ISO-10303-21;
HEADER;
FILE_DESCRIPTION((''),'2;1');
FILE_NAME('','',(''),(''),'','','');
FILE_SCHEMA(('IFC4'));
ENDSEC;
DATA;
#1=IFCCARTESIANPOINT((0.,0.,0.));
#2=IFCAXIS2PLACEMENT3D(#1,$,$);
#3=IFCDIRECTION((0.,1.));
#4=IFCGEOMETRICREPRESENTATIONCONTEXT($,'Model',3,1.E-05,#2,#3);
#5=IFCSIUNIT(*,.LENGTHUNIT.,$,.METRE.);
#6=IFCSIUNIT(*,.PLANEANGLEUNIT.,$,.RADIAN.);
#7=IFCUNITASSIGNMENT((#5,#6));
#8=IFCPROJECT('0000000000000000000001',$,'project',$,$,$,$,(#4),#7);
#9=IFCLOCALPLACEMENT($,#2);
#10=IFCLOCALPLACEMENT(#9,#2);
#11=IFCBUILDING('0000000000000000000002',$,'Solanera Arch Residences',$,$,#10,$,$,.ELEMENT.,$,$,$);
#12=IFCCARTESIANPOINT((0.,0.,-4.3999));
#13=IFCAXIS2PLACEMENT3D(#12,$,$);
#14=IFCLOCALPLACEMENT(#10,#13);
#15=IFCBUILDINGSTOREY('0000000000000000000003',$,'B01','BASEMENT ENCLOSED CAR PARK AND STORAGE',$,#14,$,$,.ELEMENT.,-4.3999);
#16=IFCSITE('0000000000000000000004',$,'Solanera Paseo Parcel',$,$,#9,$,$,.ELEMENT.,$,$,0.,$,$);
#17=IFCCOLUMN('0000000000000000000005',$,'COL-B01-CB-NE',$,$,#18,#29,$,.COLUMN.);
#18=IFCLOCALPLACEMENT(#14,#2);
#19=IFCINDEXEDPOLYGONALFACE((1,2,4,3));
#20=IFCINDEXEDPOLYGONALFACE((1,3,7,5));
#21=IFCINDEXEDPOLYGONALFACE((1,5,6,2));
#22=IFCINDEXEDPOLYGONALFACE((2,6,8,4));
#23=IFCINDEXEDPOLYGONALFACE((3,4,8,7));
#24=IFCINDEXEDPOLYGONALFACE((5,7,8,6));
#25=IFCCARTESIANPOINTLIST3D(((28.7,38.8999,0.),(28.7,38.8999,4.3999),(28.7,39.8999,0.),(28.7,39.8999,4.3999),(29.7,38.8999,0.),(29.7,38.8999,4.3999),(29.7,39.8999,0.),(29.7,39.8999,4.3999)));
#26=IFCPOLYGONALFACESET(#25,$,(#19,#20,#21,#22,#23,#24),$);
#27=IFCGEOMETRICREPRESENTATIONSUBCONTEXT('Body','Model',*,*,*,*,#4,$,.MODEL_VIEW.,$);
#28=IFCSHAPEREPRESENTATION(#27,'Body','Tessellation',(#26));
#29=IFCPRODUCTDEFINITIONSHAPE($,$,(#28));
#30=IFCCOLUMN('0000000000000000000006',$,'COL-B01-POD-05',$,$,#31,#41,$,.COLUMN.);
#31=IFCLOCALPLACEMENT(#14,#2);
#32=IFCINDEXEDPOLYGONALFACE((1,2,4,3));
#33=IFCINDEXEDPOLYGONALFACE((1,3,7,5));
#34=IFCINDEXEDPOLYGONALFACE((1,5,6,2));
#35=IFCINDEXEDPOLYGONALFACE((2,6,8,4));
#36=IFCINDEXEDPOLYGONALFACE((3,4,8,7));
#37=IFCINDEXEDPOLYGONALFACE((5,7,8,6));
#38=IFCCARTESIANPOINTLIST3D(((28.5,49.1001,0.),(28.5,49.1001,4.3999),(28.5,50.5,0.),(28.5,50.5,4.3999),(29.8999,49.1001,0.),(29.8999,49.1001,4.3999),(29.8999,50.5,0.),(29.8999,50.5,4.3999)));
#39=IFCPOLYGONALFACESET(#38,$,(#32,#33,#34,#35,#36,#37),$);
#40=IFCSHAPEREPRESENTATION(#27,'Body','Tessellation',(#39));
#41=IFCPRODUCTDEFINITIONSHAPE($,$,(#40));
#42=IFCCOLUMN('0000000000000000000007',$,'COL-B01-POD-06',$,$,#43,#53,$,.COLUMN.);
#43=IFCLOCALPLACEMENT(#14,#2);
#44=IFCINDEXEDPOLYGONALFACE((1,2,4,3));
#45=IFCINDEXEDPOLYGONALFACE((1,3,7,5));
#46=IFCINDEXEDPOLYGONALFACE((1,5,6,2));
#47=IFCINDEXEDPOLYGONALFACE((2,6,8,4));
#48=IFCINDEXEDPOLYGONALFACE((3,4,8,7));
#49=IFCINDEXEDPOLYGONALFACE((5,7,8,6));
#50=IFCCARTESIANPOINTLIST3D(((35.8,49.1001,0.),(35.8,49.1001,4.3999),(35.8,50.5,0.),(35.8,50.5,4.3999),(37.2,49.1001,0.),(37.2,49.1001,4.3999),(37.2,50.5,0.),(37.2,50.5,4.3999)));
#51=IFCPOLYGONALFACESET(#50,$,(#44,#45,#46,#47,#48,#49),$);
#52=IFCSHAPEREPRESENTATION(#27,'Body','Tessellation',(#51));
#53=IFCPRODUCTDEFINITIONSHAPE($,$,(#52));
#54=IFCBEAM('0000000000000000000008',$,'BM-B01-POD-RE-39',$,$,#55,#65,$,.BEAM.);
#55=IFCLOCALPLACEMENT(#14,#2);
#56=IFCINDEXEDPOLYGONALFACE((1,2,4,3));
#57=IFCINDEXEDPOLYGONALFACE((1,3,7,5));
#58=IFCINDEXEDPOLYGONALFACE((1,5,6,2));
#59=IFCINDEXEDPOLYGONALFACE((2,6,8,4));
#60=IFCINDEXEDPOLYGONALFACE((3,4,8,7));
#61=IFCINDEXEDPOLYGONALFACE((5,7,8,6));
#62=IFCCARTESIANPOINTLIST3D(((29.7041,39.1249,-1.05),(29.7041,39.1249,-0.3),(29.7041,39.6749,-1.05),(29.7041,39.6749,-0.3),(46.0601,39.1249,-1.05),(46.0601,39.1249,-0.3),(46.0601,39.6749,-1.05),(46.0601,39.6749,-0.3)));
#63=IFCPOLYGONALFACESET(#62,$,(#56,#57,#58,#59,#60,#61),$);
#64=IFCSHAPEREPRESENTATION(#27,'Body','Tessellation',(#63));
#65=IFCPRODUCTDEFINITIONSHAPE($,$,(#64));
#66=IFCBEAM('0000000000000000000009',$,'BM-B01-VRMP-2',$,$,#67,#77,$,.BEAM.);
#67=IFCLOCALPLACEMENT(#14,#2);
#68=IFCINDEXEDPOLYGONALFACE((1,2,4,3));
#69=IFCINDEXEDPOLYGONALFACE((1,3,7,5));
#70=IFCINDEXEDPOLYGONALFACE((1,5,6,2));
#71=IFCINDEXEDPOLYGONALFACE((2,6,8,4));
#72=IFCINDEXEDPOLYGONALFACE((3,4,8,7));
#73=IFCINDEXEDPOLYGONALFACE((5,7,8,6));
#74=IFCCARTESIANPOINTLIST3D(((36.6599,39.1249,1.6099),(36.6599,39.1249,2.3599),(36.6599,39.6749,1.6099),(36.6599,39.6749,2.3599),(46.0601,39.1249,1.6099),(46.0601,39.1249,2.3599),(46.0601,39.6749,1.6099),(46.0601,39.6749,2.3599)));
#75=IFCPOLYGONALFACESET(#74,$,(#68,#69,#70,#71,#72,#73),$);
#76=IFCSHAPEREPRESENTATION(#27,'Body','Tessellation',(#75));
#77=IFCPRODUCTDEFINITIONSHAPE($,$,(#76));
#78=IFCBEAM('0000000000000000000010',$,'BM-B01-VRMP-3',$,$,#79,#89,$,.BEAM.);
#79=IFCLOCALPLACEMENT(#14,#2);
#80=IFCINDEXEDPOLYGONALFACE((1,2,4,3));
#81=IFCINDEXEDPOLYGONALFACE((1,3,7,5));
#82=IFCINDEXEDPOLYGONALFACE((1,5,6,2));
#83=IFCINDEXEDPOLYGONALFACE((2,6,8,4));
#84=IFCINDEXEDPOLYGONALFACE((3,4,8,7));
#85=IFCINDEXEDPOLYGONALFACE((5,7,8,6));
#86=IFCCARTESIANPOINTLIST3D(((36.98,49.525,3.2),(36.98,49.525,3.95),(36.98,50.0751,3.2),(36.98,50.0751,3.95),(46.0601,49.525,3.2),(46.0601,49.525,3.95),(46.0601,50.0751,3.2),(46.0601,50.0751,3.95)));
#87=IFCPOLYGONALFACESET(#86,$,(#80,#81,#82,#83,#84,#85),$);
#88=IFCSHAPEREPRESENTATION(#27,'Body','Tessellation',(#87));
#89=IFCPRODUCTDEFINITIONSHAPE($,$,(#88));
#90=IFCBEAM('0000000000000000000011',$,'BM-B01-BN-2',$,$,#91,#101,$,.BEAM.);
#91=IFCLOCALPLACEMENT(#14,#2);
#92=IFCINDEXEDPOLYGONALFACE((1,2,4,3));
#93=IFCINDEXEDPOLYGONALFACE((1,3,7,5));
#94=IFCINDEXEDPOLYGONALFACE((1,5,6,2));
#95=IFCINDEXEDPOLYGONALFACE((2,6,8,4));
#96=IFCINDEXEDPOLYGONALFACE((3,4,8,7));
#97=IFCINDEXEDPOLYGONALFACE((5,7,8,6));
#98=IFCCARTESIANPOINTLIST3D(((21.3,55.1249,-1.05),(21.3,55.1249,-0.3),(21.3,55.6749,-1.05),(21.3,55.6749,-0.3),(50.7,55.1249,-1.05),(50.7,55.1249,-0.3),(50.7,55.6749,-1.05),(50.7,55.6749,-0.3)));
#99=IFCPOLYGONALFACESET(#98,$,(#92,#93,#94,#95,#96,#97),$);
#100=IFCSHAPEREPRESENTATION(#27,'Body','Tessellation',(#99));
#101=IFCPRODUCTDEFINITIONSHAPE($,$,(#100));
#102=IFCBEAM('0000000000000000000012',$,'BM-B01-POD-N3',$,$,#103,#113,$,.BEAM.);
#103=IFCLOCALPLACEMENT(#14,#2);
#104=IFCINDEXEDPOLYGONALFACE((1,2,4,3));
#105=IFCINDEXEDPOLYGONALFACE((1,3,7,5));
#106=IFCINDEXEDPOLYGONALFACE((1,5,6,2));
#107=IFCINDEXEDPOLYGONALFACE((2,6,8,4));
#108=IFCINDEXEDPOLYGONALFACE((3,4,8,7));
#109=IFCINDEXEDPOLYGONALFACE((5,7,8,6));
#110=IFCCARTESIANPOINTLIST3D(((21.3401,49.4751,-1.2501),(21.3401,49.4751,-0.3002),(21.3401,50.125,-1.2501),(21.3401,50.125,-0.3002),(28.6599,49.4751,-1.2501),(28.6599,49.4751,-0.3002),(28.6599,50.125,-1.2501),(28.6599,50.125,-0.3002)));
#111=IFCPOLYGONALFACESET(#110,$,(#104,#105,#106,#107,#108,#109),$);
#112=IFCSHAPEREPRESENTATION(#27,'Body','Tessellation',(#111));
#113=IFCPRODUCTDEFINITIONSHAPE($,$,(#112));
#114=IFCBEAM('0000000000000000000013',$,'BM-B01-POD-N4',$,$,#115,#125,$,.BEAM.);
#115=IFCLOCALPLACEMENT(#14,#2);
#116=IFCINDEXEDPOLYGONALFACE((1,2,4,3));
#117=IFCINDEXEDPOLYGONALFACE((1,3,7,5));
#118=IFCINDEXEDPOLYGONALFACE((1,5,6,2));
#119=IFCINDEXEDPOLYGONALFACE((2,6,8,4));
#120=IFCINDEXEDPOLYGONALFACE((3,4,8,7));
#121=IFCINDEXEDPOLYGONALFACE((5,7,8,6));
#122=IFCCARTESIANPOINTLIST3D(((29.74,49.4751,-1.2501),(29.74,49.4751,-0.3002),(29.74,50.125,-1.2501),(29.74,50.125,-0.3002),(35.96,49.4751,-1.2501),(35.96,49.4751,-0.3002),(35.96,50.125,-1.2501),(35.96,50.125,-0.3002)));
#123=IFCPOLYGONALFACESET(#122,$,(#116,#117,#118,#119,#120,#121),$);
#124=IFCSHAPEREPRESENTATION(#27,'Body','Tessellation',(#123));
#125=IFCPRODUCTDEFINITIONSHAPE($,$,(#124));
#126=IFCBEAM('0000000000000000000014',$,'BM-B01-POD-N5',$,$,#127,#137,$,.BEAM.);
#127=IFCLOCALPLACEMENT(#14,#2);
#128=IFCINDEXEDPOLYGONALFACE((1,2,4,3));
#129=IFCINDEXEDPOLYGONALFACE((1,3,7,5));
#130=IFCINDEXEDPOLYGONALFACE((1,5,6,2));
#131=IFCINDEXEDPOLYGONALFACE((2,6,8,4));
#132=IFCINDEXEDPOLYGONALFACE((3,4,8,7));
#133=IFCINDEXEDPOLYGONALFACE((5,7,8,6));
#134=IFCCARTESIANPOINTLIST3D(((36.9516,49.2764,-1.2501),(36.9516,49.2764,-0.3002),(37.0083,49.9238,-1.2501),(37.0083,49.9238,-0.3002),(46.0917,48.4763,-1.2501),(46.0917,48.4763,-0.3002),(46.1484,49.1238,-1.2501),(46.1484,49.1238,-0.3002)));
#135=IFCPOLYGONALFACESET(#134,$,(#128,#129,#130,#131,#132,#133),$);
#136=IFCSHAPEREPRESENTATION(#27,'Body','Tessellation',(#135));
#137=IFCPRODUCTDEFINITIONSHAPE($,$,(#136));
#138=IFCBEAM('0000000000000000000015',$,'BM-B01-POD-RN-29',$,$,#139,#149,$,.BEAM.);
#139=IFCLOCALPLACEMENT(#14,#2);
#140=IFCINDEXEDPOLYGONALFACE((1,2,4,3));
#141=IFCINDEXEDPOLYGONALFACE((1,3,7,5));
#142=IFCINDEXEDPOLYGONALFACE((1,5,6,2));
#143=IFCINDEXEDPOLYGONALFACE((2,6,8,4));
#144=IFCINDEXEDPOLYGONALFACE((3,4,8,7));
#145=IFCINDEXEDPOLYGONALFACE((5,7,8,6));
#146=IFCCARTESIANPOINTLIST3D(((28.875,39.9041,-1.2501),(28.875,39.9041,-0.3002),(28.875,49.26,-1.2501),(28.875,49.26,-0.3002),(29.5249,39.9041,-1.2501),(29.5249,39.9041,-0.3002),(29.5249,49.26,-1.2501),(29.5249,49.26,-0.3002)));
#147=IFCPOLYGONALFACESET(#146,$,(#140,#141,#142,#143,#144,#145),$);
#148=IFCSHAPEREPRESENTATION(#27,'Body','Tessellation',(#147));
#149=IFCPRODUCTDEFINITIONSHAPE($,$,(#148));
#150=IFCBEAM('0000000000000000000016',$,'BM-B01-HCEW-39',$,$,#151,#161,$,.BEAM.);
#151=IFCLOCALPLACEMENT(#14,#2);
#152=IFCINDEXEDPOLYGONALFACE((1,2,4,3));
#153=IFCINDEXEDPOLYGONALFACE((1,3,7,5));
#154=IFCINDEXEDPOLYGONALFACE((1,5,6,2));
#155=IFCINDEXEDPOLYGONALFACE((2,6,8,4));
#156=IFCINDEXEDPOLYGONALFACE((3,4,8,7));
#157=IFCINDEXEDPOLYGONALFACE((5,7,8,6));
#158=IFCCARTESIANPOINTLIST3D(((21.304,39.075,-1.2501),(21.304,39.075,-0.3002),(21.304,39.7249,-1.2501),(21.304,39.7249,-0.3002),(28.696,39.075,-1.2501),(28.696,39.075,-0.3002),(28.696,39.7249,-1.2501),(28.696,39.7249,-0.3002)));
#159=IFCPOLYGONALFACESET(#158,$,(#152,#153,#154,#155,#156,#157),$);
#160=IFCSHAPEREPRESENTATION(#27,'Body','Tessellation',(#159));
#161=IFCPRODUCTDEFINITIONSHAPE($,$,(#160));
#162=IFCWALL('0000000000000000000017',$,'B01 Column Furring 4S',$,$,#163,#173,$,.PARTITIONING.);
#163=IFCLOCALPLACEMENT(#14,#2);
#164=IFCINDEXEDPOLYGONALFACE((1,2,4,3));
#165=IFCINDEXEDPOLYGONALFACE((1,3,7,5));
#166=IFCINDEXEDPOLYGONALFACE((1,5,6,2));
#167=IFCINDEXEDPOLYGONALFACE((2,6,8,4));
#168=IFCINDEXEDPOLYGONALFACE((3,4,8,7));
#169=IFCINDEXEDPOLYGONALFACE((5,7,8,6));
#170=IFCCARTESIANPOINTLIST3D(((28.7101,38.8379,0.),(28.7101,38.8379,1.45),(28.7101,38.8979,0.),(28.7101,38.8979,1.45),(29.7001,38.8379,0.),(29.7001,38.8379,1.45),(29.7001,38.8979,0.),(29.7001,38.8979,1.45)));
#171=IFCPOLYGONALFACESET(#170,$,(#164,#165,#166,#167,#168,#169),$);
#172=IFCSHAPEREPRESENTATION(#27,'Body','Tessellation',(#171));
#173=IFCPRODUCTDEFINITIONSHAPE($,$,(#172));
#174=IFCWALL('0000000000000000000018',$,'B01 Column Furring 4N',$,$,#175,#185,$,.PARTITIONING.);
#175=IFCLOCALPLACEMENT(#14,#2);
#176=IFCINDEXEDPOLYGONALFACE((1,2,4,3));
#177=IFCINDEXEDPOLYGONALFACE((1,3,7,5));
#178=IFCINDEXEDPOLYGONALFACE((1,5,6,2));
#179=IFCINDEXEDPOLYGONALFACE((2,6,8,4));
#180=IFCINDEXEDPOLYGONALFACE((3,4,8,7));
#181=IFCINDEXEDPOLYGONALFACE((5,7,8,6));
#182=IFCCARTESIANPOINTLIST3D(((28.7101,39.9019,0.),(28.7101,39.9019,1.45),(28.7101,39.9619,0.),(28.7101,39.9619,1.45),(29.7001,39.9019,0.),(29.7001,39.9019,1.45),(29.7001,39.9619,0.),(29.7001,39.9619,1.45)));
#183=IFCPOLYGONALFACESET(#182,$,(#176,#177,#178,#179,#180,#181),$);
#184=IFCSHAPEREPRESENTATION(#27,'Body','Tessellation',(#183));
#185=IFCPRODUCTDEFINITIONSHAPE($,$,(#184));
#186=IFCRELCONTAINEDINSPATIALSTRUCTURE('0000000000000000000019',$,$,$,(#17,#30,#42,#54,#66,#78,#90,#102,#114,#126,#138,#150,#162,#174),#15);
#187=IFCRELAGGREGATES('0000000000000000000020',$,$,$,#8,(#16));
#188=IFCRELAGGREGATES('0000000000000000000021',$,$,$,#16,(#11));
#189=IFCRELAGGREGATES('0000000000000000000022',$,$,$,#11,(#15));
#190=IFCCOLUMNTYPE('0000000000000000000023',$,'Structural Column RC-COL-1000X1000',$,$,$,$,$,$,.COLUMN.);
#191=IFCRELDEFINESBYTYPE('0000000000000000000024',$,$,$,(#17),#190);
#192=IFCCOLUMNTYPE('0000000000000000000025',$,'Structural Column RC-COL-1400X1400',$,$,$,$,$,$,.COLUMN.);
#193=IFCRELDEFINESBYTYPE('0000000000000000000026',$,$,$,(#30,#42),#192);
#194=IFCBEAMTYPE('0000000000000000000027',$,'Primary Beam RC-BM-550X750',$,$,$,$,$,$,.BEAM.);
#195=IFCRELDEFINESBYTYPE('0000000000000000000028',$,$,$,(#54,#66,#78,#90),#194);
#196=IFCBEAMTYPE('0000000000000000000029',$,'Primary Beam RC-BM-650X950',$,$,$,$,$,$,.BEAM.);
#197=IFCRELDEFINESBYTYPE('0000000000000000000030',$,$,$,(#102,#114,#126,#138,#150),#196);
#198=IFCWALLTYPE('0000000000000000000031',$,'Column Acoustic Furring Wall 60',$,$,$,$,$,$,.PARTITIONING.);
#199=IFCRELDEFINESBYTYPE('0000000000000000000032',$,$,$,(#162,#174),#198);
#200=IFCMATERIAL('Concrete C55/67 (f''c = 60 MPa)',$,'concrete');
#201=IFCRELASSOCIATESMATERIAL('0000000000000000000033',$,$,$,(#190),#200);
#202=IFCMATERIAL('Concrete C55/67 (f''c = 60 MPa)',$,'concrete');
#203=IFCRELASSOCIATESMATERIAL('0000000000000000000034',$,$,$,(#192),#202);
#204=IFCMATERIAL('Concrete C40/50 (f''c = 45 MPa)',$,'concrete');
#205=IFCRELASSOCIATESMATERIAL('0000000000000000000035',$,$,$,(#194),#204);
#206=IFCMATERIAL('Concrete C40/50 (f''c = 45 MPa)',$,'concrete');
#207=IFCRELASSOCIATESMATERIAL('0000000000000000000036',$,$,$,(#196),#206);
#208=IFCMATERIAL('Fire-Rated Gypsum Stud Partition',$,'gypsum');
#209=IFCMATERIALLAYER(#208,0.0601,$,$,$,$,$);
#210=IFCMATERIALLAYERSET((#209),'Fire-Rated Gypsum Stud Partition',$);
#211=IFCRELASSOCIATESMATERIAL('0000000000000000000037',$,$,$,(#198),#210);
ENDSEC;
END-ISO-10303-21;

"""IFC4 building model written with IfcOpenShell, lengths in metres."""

from ifc_helpers import new_model, si_unit, direction, frame, frame_2d, origin, origin_2d, place, context, subcontext, project, spatial, rectangle, extrude, material, layer, layer_set, material_profile, profile_set, type_object, element, save


model = new_model("IFC4")

# Units and contexts
model_context = context("Model", 3, precision=1e-05, world=origin(), true_north=direction((0.0, 1.0)))
body_context = subcontext(model_context, "Body", "Model", "MODEL_VIEW")
ifc_project = project(units=[si_unit("LENGTHUNIT", "METRE"), si_unit("PLANEANGLEUNIT", "RADIAN")], contexts=[model_context])

# Site, building, storey
site_placement = place(None, origin())
site = spatial("IfcSite", under=ifc_project, at=site_placement, Name="Solanera Paseo Parcel", CompositionType="ELEMENT", RefElevation=0.0)
building_placement = place(site_placement, origin())
building = spatial("IfcBuilding", under=site, at=building_placement, Name="Solanera Arch Residences", CompositionType="ELEMENT")
storey_placement = place(building_placement, frame((0.0, 0.0, -4.3999)))
storey = spatial("IfcBuildingStorey", under=building, at=storey_placement, Name="B01", Description="BASEMENT ENCLOSED CAR PARK AND STORAGE", CompositionType="ELEMENT", Elevation=-4.3999)

# Columns
ifc_material_1 = material(Name="Concrete C55/67 (f'c = 60 MPa)", Category="concrete")
ifc_material_profile_1 = material_profile(ifc_material_1, rectangle(XDim=1.0, YDim=1.0, at=origin_2d()))
ifc_profile_set_1 = profile_set([ifc_material_profile_1], Name="Concrete C55/67 (f'c = 60 MPa)")
column_type_1 = type_object("IfcColumnType", Name="Structural Column RC-COL-1000X1000", PredefinedType="COLUMN", material=ifc_profile_set_1)
column_placement = place(storey_placement, frame((29.2, 39.3999, 0.0), z_axis=(0.0, 0.0, 1.0), x_axis=(1.0, 0.0, 0.0)))
element("IfcColumn", 1, at=column_placement, inside=storey, type_object=column_type_1, Name="COL-B01-CB-NE", PredefinedType="COLUMN", context=body_context, shape_type="SweptSolid", body=[
    extrude(rectangle(XDim=1.0, YDim=1.0, at=origin_2d()), origin(), (0.0, 0.0, 1.0), 4.3999),
])
ifc_material_2 = material(Name="Concrete C55/67 (f'c = 60 MPa)", Category="concrete")
ifc_material_profile_2 = material_profile(ifc_material_2, rectangle(XDim=1.3999, YDim=1.3999, at=origin_2d()))
ifc_profile_set_2 = profile_set([ifc_material_profile_2], Name="Concrete C55/67 (f'c = 60 MPa)")
column_type_2 = type_object("IfcColumnType", Name="Structural Column RC-COL-1400X1400", PredefinedType="COLUMN", material=ifc_profile_set_2)
for number, where, z_axis, x_axis, name in (
    (2, (29.2, 49.8, 0.0), (0.0, 0.0, 1.0), (1.0, 0.0, 0.0), "COL-B01-POD-05"),
    (3, (36.5, 49.8, 0.0), (0.0, 0.0, 1.0), (1.0, 0.0, 0.0), "COL-B01-POD-06"),
):
    element("IfcColumn", number, at=place(storey_placement, frame(where, z_axis=z_axis, x_axis=x_axis)), inside=storey, type_object=column_type_2, Name=name, PredefinedType="COLUMN", context=body_context, shape_type="SweptSolid", body=[
        extrude(rectangle(XDim=1.3999, YDim=1.3999, at=origin_2d()), origin(), (0.0, 0.0, 1.0), 4.3999),
    ])

# Beams
ifc_material_3 = material(Name="Concrete C40/50 (f'c = 45 MPa)", Category="concrete")
ifc_material_profile_3 = material_profile(ifc_material_3, rectangle(XDim=0.55, YDim=0.75, at=origin_2d()))
ifc_profile_set_3 = profile_set([ifc_material_profile_3], Name="Concrete C40/50 (f'c = 45 MPa)")
beam_type_1 = type_object("IfcBeamType", Name="Primary Beam RC-BM-550X750", PredefinedType="BEAM", material=ifc_profile_set_3)
beam_1_placement = place(storey_placement, frame((29.7041, 39.3999, -0.675), z_axis=(1.0, 0.0, 0.0), x_axis=(0.0, 1.0, 0.0)))
element("IfcBeam", 4, at=beam_1_placement, inside=storey, type_object=beam_type_1, Name="BM-B01-POD-RE-39", PredefinedType="BEAM", context=body_context, shape_type="SweptSolid", body=[
    extrude(rectangle(XDim=0.55, YDim=0.75, at=origin_2d()), origin(), (0.0, 0.0, 1.0), 16.356),
])
beam_2_placement = place(storey_placement, frame((36.6599, 39.3999, 1.9849), z_axis=(1.0, 0.0, 0.0), x_axis=(0.0, 1.0, 0.0)))
element("IfcBeam", 5, at=beam_2_placement, inside=storey, type_object=beam_type_1, Name="BM-B01-VRMP-2", PredefinedType="BEAM", context=body_context, shape_type="SweptSolid", body=[
    extrude(rectangle(XDim=0.55, YDim=0.75, at=origin_2d()), origin(), (0.0, 0.0, 1.0), 9.4001),
])
beam_3_placement = place(storey_placement, frame((36.98, 49.8, 3.575), z_axis=(1.0, 0.0, 0.0), x_axis=(0.0, 1.0, 0.0)))
element("IfcBeam", 6, at=beam_3_placement, inside=storey, type_object=beam_type_1, Name="BM-B01-VRMP-3", PredefinedType="BEAM", context=body_context, shape_type="SweptSolid", body=[
    extrude(rectangle(XDim=0.55, YDim=0.75, at=origin_2d()), origin(), (0.0, 0.0, 1.0), 9.0801),
])
beam_4_placement = place(storey_placement, frame((21.3, 55.3999, -0.675), z_axis=(1.0, 0.0, 0.0), x_axis=(0.0, 1.0, 0.0)))
element("IfcBeam", 7, at=beam_4_placement, inside=storey, type_object=beam_type_1, Name="BM-B01-BN-2", PredefinedType="BEAM", context=body_context, shape_type="SweptSolid", body=[
    extrude(rectangle(XDim=0.55, YDim=0.75, at=origin_2d()), origin(), (0.0, 0.0, 1.0), 29.3999),
])
ifc_material_4 = material(Name="Concrete C40/50 (f'c = 45 MPa)", Category="concrete")
ifc_material_profile_4 = material_profile(ifc_material_4, rectangle(XDim=0.6499, YDim=0.95, at=origin_2d()))
ifc_profile_set_4 = profile_set([ifc_material_profile_4], Name="Concrete C40/50 (f'c = 45 MPa)")
beam_type_2 = type_object("IfcBeamType", Name="Primary Beam RC-BM-650X950", PredefinedType="BEAM", material=ifc_profile_set_4)
beam_5_placement = place(storey_placement, frame((21.3401, 49.8, -0.7751), z_axis=(1.0, 0.0, 0.0), x_axis=(0.0, 1.0, 0.0)))
element("IfcBeam", 8, at=beam_5_placement, inside=storey, type_object=beam_type_2, Name="BM-B01-POD-N3", PredefinedType="BEAM", context=body_context, shape_type="SweptSolid", body=[
    extrude(rectangle(XDim=0.6499, YDim=0.95, at=origin_2d()), origin(), (0.0, 0.0, 1.0), 7.3198),
])
beam_6_placement = place(storey_placement, frame((29.74, 49.8, -0.7751), z_axis=(1.0, 0.0, 0.0), x_axis=(0.0, 1.0, 0.0)))
element("IfcBeam", 9, at=beam_6_placement, inside=storey, type_object=beam_type_2, Name="BM-B01-POD-N4", PredefinedType="BEAM", context=body_context, shape_type="SweptSolid", body=[
    extrude(rectangle(XDim=0.6499, YDim=0.95, at=origin_2d()), origin(), (0.0, 0.0, 1.0), 6.22),
])
beam_7_placement = place(storey_placement, frame((36.98, 49.6001, -0.7751), z_axis=(0.996191, -0.087198, 0.0), x_axis=(0.087198, 0.996191, 0.0)))
element("IfcBeam", 10, at=beam_7_placement, inside=storey, type_object=beam_type_2, Name="BM-B01-POD-N5", PredefinedType="BEAM", context=body_context, shape_type="SweptSolid", body=[
    extrude(rectangle(XDim=0.6499, YDim=0.95, at=origin_2d()), origin(), (0.0, 0.0, 1.0), 9.175),
])
beam_8_placement = place(storey_placement, frame((29.2, 39.9041, -0.7751), z_axis=(0.0, 1.0, 0.0), x_axis=(-1.0, 0.0, 0.0)))
element("IfcBeam", 11, at=beam_8_placement, inside=storey, type_object=beam_type_2, Name="BM-B01-POD-RN-29", PredefinedType="BEAM", context=body_context, shape_type="SweptSolid", body=[
    extrude(rectangle(XDim=0.6499, YDim=0.95, at=origin_2d()), origin(), (0.0, 0.0, 1.0), 9.356),
])
beam_9_placement = place(storey_placement, frame((21.304, 39.3999, -0.7751), z_axis=(1.0, 0.0, 0.0), x_axis=(0.0, 1.0, 0.0)))
element("IfcBeam", 12, at=beam_9_placement, inside=storey, type_object=beam_type_2, Name="BM-B01-HCEW-39", PredefinedType="BEAM", context=body_context, shape_type="SweptSolid", body=[
    extrude(rectangle(XDim=0.6499, YDim=0.95, at=origin_2d()), origin(), (0.0, 0.0, 1.0), 7.3921),
])

# Walls
ifc_material_5 = material(Name="Fire-Rated Gypsum Stud Partition", Category="gypsum")
ifc_layer_1 = layer(ifc_material_5, 0.0601)
ifc_layer_set_1 = layer_set([ifc_layer_1], Name="Fire-Rated Gypsum Stud Partition")
wall_type_1 = type_object("IfcWallType", Name="Column Acoustic Furring Wall 60", PredefinedType="PARTITIONING", material=ifc_layer_set_1)
for number, where, z_axis, x_axis, name in (
    (13, (28.71, 38.8679, 0.0), (0.0, 0.0, 1.0), (1.0, 0.0, 0.0), "B01 Column Furring 4S"),
    (14, (28.71, 39.9319, 0.0), (0.0, 0.0, 1.0), (1.0, 0.0, 0.0), "B01 Column Furring 4N"),
):
    element("IfcWall", number, at=place(storey_placement, frame(where, z_axis=z_axis, x_axis=x_axis)), inside=storey, type_object=wall_type_1, Name=name, PredefinedType="PARTITIONING", context=body_context, shape_type="SweptSolid", body=[
        extrude(rectangle(XDim=0.99, YDim=0.0601, at=frame_2d((0.4951, 0.0))), origin(), (0.0, 0.0, 1.0), 1.45),
    ])

save(model, "model.ifc")
